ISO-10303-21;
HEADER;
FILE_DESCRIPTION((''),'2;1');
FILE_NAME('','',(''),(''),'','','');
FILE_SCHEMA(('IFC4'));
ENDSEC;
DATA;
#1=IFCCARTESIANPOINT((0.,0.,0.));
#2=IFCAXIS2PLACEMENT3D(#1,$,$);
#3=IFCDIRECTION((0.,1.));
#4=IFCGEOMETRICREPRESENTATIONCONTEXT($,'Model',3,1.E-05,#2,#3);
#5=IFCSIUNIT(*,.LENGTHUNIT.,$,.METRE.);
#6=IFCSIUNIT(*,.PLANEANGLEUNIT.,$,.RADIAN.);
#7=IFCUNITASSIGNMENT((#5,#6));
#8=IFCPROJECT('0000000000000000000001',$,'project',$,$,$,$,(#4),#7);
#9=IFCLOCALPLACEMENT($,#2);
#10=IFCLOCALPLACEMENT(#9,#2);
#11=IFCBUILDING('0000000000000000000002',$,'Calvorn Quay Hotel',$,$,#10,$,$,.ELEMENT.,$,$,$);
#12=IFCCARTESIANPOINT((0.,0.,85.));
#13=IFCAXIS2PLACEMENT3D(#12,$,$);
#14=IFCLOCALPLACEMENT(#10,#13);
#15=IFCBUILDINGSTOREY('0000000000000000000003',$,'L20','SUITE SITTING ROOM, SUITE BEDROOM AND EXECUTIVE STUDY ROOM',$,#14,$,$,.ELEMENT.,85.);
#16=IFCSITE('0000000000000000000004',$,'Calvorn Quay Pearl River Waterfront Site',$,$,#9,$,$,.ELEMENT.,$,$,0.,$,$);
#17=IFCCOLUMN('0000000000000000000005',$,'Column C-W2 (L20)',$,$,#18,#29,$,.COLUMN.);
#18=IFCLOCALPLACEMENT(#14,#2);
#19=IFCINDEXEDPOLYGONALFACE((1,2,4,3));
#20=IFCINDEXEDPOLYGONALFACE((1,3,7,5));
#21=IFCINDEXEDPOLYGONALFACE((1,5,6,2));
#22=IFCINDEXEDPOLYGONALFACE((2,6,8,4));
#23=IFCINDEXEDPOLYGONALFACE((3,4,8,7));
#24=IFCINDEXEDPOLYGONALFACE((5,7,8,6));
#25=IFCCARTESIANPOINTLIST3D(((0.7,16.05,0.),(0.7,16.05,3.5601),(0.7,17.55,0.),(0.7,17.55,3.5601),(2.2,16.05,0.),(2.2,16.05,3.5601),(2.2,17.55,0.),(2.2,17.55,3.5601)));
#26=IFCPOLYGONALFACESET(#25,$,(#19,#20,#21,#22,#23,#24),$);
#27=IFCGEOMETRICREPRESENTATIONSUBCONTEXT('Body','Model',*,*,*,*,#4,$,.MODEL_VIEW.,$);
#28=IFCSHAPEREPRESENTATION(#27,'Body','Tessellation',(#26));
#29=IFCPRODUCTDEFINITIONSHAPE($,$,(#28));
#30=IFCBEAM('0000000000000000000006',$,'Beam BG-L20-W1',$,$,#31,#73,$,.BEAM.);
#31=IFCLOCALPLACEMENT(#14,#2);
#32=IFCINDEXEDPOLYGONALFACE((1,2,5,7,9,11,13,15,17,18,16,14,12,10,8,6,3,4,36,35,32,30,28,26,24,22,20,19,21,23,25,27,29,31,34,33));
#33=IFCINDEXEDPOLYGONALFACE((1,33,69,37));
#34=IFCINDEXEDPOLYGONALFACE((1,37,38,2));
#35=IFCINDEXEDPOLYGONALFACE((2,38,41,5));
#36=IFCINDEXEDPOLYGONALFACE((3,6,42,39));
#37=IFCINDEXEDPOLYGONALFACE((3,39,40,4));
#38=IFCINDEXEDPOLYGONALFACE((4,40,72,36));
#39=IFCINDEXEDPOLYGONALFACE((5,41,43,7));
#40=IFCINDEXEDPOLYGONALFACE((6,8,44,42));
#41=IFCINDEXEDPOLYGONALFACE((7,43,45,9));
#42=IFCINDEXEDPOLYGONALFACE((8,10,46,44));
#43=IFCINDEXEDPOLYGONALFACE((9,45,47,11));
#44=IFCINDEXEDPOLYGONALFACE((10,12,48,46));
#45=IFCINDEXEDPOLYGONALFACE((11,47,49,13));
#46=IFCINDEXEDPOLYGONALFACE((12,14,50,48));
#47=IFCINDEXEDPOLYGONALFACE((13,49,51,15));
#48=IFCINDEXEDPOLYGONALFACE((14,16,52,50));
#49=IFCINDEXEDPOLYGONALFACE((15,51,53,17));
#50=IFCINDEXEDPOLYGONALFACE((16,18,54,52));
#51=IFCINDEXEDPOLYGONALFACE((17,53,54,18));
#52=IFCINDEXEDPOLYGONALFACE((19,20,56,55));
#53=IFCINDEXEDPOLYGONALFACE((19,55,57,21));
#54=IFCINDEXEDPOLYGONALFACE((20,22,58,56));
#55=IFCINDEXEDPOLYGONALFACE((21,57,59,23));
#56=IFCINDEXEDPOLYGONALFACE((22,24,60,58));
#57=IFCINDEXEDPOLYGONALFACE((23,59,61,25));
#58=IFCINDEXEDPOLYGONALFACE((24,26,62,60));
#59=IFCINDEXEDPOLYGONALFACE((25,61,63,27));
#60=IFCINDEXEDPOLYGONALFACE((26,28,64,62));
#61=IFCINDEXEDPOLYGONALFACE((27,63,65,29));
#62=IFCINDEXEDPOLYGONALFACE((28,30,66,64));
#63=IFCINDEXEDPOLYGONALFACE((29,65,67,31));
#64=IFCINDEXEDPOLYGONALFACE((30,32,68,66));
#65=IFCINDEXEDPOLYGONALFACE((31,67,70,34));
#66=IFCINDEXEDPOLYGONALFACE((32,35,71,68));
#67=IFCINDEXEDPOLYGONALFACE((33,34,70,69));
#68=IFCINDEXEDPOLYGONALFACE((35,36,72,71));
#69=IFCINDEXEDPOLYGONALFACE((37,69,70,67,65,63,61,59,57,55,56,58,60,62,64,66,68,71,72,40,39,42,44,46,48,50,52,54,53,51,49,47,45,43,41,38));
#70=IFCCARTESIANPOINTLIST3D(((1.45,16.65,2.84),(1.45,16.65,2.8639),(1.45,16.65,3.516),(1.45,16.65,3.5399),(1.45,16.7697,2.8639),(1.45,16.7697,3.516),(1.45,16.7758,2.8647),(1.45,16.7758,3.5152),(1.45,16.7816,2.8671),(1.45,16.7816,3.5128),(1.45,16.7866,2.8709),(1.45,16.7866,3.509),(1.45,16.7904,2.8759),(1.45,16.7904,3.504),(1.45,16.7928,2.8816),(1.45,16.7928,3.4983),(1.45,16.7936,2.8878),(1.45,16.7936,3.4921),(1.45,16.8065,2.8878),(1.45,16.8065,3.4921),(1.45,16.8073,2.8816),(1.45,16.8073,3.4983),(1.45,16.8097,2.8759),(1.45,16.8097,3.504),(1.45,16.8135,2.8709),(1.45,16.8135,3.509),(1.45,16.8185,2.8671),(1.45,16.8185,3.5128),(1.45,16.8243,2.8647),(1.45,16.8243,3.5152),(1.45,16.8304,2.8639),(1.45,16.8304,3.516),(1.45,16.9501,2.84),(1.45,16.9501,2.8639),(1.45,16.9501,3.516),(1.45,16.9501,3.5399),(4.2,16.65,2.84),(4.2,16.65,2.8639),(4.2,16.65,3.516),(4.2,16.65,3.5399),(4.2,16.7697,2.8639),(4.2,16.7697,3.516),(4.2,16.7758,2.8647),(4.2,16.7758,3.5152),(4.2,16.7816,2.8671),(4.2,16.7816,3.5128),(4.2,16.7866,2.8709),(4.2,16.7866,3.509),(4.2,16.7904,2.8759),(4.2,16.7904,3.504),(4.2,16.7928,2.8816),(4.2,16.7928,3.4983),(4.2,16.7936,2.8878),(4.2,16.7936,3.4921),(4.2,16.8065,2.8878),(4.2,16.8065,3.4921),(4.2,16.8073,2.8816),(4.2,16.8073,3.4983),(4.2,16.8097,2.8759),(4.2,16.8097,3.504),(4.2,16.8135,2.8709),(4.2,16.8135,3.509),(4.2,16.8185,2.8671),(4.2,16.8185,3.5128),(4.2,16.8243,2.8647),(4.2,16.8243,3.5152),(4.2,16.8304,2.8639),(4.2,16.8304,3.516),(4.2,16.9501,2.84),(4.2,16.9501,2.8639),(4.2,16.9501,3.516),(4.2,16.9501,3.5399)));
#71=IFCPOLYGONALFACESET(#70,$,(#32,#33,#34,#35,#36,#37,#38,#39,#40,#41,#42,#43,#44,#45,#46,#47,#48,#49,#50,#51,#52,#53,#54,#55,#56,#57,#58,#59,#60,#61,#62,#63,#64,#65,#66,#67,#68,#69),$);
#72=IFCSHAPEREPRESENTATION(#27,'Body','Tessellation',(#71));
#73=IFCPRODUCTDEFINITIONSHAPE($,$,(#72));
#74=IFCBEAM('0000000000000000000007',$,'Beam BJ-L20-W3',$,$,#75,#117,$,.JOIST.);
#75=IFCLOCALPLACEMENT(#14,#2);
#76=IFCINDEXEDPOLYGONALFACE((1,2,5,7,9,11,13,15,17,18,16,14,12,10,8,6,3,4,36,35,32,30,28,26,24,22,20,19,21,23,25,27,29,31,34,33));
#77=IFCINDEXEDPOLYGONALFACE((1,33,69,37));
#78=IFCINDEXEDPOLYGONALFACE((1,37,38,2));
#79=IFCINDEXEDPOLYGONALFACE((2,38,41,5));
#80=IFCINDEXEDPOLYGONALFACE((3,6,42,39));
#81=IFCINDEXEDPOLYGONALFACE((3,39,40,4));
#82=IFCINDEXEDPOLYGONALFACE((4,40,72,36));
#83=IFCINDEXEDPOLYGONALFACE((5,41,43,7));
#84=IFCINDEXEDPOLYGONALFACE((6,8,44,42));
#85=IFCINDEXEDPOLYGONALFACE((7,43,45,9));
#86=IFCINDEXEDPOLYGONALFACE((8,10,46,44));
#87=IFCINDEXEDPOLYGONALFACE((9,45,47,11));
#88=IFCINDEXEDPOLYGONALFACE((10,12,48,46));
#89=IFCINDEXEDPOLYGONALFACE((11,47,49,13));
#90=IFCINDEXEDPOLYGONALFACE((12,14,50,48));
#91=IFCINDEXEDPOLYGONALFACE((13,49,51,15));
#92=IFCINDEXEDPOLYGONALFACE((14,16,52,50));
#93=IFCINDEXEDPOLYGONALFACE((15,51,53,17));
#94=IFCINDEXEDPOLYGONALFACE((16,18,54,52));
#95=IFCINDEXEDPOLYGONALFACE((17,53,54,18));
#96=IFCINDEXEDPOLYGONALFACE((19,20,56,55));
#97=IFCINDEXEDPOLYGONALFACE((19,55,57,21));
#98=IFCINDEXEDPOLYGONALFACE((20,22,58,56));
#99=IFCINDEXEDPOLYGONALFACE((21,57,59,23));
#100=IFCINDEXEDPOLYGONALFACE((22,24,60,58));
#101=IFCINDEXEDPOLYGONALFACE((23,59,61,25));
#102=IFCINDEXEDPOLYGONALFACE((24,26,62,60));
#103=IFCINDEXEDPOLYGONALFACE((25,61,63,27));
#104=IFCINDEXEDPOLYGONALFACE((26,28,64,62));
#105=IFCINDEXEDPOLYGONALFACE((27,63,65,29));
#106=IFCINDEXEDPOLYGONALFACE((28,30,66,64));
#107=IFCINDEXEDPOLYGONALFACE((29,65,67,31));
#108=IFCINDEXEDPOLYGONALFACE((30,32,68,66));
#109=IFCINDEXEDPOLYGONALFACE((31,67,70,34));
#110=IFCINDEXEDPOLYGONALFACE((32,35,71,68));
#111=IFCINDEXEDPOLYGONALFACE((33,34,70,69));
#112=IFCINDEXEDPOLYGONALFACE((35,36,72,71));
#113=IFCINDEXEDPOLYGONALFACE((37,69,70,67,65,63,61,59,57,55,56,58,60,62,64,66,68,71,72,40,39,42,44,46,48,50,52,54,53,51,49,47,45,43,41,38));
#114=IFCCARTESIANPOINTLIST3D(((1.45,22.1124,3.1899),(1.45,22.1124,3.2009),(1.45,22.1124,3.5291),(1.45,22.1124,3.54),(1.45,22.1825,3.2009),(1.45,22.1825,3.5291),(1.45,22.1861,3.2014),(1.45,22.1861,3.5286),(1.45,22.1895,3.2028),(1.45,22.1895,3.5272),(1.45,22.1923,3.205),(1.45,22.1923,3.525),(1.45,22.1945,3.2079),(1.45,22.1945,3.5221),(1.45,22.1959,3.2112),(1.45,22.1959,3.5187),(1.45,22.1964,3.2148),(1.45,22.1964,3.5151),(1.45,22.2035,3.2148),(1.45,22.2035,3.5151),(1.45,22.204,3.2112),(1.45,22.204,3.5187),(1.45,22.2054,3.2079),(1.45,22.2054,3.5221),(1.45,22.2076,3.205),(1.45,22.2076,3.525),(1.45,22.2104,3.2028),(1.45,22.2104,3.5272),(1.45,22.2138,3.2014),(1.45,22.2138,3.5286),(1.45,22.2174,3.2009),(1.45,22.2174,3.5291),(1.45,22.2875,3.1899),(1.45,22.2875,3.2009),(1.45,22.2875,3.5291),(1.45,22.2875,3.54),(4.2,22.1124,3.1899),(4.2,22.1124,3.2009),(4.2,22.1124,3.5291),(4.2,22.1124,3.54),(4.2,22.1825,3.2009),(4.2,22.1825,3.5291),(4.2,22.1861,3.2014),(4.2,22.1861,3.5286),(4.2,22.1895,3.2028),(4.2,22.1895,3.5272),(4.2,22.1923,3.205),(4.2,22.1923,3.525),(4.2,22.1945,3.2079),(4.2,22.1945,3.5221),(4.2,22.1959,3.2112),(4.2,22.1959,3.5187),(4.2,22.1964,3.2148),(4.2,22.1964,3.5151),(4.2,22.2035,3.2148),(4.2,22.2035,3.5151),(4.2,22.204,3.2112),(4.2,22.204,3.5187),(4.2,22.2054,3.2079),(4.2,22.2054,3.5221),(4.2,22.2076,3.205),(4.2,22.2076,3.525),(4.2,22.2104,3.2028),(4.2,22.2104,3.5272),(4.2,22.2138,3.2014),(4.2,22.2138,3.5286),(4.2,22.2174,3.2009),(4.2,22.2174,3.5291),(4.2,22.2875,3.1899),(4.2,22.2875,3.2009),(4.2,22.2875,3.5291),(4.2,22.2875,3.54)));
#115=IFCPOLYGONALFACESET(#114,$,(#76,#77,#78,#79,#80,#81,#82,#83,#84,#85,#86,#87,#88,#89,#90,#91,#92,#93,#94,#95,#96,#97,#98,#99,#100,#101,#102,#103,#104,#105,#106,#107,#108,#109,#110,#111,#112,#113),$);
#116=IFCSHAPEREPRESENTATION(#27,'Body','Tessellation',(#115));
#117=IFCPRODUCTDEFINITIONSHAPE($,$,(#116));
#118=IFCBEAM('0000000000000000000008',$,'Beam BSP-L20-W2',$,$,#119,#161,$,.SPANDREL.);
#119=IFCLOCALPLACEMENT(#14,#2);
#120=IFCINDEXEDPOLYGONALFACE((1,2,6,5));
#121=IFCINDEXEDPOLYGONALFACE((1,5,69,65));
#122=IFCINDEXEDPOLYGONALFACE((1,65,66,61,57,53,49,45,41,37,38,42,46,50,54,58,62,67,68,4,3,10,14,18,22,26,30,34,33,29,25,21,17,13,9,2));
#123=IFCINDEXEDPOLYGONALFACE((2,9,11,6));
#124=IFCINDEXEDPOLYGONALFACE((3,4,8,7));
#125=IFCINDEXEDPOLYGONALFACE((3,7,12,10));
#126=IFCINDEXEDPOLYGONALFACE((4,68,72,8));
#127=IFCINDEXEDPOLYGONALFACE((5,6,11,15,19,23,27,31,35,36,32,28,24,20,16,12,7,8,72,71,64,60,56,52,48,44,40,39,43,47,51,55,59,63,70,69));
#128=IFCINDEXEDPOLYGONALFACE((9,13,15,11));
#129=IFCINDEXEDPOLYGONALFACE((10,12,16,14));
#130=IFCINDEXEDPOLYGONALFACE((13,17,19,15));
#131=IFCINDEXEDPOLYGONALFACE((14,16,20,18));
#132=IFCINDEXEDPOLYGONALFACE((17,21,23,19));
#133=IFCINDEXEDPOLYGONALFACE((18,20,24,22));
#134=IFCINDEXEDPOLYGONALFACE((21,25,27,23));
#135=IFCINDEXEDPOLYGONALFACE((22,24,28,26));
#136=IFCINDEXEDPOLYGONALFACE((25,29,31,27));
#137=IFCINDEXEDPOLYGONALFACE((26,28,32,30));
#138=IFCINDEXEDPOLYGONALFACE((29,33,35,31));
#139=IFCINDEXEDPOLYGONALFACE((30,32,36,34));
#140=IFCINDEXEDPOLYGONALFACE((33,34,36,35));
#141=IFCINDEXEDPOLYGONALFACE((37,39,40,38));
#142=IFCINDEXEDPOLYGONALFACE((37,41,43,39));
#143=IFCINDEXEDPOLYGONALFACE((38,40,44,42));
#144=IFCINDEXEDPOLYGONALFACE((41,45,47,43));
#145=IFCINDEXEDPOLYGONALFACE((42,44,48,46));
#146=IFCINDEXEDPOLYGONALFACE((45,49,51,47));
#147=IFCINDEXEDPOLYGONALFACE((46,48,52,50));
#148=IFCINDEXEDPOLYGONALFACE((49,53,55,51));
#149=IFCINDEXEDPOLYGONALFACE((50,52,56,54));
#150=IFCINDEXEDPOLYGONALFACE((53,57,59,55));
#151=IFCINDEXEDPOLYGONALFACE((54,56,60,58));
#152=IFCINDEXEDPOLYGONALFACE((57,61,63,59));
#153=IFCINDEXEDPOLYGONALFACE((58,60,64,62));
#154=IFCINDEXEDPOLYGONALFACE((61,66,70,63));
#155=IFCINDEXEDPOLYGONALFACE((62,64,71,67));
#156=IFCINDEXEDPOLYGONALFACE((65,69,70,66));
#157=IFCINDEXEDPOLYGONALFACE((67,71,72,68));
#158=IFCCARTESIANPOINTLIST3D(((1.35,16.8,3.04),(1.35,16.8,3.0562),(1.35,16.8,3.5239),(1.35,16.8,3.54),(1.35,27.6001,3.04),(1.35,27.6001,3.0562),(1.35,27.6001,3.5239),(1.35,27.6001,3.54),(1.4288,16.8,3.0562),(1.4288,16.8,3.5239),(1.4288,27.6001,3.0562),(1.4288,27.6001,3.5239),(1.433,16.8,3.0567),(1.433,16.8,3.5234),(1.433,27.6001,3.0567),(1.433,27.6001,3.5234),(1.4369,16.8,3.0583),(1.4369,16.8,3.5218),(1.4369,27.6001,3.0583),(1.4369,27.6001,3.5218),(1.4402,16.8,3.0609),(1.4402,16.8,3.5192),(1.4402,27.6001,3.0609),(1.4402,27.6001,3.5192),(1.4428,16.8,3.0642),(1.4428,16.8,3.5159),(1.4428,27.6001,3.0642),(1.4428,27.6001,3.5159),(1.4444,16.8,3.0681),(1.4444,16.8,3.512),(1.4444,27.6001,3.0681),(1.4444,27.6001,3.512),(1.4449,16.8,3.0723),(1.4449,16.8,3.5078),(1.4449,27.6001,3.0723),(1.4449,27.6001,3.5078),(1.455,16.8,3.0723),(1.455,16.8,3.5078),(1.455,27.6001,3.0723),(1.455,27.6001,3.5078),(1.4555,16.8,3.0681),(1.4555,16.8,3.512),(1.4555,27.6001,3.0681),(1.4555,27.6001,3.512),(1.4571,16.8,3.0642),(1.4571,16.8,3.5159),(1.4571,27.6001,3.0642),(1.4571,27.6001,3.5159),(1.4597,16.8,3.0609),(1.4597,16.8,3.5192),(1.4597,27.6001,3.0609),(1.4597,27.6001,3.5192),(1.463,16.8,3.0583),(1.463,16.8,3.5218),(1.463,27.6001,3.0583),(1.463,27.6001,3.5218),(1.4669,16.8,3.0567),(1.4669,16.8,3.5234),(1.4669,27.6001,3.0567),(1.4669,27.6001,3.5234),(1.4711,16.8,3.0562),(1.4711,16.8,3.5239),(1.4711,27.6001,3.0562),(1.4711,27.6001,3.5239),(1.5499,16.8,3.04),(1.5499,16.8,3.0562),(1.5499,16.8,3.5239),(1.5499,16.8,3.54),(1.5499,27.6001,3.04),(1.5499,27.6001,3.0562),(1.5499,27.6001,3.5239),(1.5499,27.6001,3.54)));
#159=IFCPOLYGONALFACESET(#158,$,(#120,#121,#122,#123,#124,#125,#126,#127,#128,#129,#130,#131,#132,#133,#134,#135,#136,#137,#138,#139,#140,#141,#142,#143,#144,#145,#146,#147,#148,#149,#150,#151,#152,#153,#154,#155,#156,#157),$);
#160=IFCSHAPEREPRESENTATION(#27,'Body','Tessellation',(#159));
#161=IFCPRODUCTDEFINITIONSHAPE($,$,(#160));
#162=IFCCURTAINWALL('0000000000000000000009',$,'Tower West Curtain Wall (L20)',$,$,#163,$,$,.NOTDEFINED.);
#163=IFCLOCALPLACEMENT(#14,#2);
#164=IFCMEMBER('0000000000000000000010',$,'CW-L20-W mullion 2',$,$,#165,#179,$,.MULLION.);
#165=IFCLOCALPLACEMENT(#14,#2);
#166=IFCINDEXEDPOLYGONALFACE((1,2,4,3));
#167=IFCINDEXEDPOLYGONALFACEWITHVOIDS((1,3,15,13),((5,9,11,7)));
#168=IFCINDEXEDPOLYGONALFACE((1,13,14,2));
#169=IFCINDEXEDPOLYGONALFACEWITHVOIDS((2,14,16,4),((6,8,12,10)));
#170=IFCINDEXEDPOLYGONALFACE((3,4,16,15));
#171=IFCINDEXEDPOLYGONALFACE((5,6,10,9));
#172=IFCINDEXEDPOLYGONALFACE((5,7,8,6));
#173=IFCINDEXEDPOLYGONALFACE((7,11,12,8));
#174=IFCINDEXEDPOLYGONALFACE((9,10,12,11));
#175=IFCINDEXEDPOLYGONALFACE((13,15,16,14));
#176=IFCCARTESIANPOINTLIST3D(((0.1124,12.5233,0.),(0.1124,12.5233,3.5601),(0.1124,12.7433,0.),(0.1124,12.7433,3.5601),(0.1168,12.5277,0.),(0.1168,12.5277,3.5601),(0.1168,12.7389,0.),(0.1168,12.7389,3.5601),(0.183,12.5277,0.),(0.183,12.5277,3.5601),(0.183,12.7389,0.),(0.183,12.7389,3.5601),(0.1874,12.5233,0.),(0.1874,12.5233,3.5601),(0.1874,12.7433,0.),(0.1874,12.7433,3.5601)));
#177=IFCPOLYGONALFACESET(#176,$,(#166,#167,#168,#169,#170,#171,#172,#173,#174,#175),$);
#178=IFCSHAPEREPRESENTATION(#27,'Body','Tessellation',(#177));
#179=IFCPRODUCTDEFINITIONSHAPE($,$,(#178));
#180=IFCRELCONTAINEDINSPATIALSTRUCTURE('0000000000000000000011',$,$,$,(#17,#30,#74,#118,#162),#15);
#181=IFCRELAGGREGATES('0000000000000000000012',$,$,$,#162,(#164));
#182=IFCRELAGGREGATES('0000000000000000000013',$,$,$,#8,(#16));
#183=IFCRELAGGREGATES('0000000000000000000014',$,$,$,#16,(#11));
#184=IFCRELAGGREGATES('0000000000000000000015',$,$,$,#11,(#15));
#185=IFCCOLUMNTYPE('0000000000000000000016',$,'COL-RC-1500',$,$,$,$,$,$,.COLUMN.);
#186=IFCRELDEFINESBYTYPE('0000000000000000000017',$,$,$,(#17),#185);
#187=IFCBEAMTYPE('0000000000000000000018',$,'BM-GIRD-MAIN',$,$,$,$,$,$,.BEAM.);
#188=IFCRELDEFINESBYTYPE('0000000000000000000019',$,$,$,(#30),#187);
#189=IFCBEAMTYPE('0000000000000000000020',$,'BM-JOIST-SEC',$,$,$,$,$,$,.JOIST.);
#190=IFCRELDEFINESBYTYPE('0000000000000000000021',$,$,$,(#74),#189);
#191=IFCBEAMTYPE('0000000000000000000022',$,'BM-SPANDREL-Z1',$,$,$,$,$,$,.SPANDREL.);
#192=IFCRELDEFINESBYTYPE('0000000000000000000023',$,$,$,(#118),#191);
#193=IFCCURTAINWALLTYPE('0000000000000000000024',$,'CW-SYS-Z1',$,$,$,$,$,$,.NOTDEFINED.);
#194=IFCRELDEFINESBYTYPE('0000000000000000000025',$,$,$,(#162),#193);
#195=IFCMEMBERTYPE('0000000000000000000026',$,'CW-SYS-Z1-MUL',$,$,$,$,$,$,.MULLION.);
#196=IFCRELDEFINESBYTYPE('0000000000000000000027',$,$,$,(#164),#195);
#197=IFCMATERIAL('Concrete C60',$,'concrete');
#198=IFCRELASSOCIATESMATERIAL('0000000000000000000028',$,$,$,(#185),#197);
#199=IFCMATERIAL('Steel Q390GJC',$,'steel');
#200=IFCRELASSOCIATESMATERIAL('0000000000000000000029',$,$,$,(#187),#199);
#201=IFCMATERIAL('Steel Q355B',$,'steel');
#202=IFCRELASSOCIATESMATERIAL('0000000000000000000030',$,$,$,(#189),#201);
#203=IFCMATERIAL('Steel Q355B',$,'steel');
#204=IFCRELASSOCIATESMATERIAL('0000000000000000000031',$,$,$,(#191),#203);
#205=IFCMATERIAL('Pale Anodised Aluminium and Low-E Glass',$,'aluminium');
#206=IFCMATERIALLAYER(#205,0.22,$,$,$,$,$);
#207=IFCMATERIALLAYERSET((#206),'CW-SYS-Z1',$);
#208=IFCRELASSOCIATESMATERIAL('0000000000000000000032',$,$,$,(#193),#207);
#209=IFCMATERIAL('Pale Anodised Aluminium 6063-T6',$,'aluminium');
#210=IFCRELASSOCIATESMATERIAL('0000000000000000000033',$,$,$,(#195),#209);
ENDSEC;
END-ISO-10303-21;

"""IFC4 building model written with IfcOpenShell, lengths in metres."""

from ifc_helpers import new_model, si_unit, direction, frame, origin, origin_2d, place, context, subcontext, project, spatial, rectangle, hollow_rectangle, i_section, extrude, material, layer, layer_set, material_profile, profile_set, type_object, element, aggregate, save


model = new_model("IFC4")

# Units and contexts
model_context = context("Model", 3, precision=1e-05, world=origin(), true_north=direction((0.0, 1.0)))
body_context = subcontext(model_context, "Body", "Model", "MODEL_VIEW")
ifc_project = project(units=[si_unit("LENGTHUNIT", "METRE"), si_unit("PLANEANGLEUNIT", "RADIAN")], contexts=[model_context])

# Site, building, storey
site_placement = place(None, origin())
site = spatial("IfcSite", under=ifc_project, at=site_placement, Name="Calvorn Quay Pearl River Waterfront Site", CompositionType="ELEMENT", RefElevation=0.0)
building_placement = place(site_placement, origin())
building = spatial("IfcBuilding", under=site, at=building_placement, Name="Calvorn Quay Hotel", CompositionType="ELEMENT")
storey_placement = place(building_placement, frame((0.0, 0.0, 85.0)))
storey = spatial("IfcBuildingStorey", under=building, at=storey_placement, Name="L20", Description="SUITE SITTING ROOM, SUITE BEDROOM AND EXECUTIVE STUDY ROOM", CompositionType="ELEMENT", Elevation=85.0)

# Column
ifc_material_1 = material(Name="Concrete C60", Category="concrete")
ifc_material_profile_1 = material_profile(ifc_material_1, rectangle(XDim=1.5, YDim=1.5, at=origin_2d()), Name="RC1500x1500")
ifc_profile_set_1 = profile_set([ifc_material_profile_1], Name="Concrete C60")
column_type = type_object("IfcColumnType", Name="COL-RC-1500", PredefinedType="COLUMN", material=ifc_profile_set_1)
column_placement = place(storey_placement, frame((1.45, 16.8, 0.0), z_axis=(0.0, 0.0, 1.0), x_axis=(1.0, 0.0, 0.0)))
element("IfcColumn", 1, at=column_placement, inside=storey, type_object=column_type, Name="Column C-W2 (L20)", PredefinedType="COLUMN", context=body_context, shape_type="SweptSolid", body=[
    extrude(rectangle(XDim=1.5, YDim=1.5, at=origin_2d()), origin(), (0.0, 0.0, 1.0), 3.5601),
])

# Beams
ifc_material_2 = material(Name="Steel Q390GJC", Category="steel")
ifc_material_profile_2 = material_profile(ifc_material_2, i_section(OverallWidth=0.3, OverallDepth=0.7, WebThickness=0.0129, FlangeThickness=0.0239, FilletRadius=0.0239, at=origin_2d()), Name="HN700x300x13x24")
ifc_profile_set_2 = profile_set([ifc_material_profile_2], Name="Steel Q390GJC")
beam_type_1 = type_object("IfcBeamType", Name="BM-GIRD-MAIN", PredefinedType="BEAM", material=ifc_profile_set_2)
beam_1_placement = place(storey_placement, frame((1.45, 16.8, 3.1899), z_axis=(1.0, 0.0, 0.0), x_axis=(0.0, 1.0, 0.0)))
element("IfcBeam", 2, at=beam_1_placement, inside=storey, type_object=beam_type_1, Name="Beam BG-L20-W1", PredefinedType="BEAM", context=body_context, shape_type="SweptSolid", body=[
    extrude(i_section(OverallWidth=0.3, OverallDepth=0.7, WebThickness=0.0129, FlangeThickness=0.0239, FilletRadius=0.0239, at=origin_2d()), origin(), (0.0, 0.0, 1.0), 2.75),
])
ifc_material_3 = material(Name="Steel Q355B", Category="steel")
ifc_material_profile_3 = material_profile(ifc_material_3, i_section(OverallWidth=0.175, OverallDepth=0.3501, WebThickness=0.0071, FlangeThickness=0.011, FilletRadius=0.0139, at=origin_2d()), Name="HN350x175x7x11")
ifc_profile_set_3 = profile_set([ifc_material_profile_3], Name="Steel Q355B")
beam_type_2 = type_object("IfcBeamType", Name="BM-JOIST-SEC", PredefinedType="JOIST", material=ifc_profile_set_3)
beam_2_placement = place(storey_placement, frame((1.45, 22.2, 3.365), z_axis=(1.0, 0.0, 0.0), x_axis=(0.0, 1.0, 0.0)))
element("IfcBeam", 3, at=beam_2_placement, inside=storey, type_object=beam_type_2, Name="Beam BJ-L20-W3", PredefinedType="JOIST", context=body_context, shape_type="SweptSolid", body=[
    extrude(i_section(OverallWidth=0.175, OverallDepth=0.3501, WebThickness=0.0071, FlangeThickness=0.011, FilletRadius=0.0139, at=origin_2d()), origin(), (0.0, 0.0, 1.0), 2.75),
])
ifc_material_4 = material(Name="Steel Q355B", Category="steel")
ifc_material_profile_4 = material_profile(ifc_material_4, i_section(OverallWidth=0.2, OverallDepth=0.5, WebThickness=0.01, FlangeThickness=0.0161, FilletRadius=0.0161, at=origin_2d()), Name="HN500x200x10x16")
ifc_profile_set_4 = profile_set([ifc_material_profile_4], Name="Steel Q355B")
beam_type_3 = type_object("IfcBeamType", Name="BM-SPANDREL-Z1", PredefinedType="SPANDREL", material=ifc_profile_set_4)
beam_3_placement = place(storey_placement, frame((1.45, 16.8, 3.29), z_axis=(0.0, 1.0, 0.0), x_axis=(-1.0, 0.0, 0.0)))
element("IfcBeam", 4, at=beam_3_placement, inside=storey, type_object=beam_type_3, Name="Beam BSP-L20-W2", PredefinedType="SPANDREL", context=body_context, shape_type="SweptSolid", body=[
    extrude(i_section(OverallWidth=0.2, OverallDepth=0.5, WebThickness=0.01, FlangeThickness=0.0161, FilletRadius=0.0161, at=origin_2d()), origin(), (0.0, 0.0, 1.0), 10.8),
])

# Curtain wall, member
ifc_material_5 = material(Name="Pale Anodised Aluminium and Low-E Glass", Category="aluminium")
ifc_layer_1 = layer(ifc_material_5, 0.22)
ifc_layer_set_1 = layer_set([ifc_layer_1], Name="CW-SYS-Z1")
curtain_wall_type = type_object("IfcCurtainWallType", Name="CW-SYS-Z1", PredefinedType="NOTDEFINED", material=ifc_layer_set_1)
curtain_wall_placement = place(storey_placement, origin())
curtain_wall = element("IfcCurtainWall", 5, at=curtain_wall_placement, inside=storey, type_object=curtain_wall_type, Name="Tower West Curtain Wall (L20)", PredefinedType="NOTDEFINED")
ifc_material_6 = material(Name="Pale Anodised Aluminium 6063-T6", Category="aluminium")
ifc_material_profile_5 = material_profile(ifc_material_6, hollow_rectangle(XDim=0.075, YDim=0.22, WallThickness=0.0044, at=origin_2d()), Name="ALU-M220x75x4.5")
ifc_profile_set_5 = profile_set([ifc_material_profile_5], Name="Pale Anodised Aluminium 6063-T6")
member_type_1 = type_object("IfcMemberType", Name="CW-SYS-Z1-MUL", PredefinedType="MULLION", material=ifc_profile_set_5)
member_1_placement = place(storey_placement, frame((0.1499, 12.6333, 0.0), z_axis=(0.0, 0.0, 1.0), x_axis=(-1.0, 0.0, 0.0)))
member_1 = element("IfcMember", 6, at=member_1_placement, type_object=member_type_1, Name="CW-L20-W mullion 2", PredefinedType="MULLION", context=body_context, shape_type="SweptSolid", body=[
    extrude(hollow_rectangle(XDim=0.075, YDim=0.22, WallThickness=0.0044, at=origin_2d()), origin(), (0.0, 0.0, 1.0), 3.5601),
])
aggregate(curtain_wall, [member_1])

save(model, "model.ifc")
